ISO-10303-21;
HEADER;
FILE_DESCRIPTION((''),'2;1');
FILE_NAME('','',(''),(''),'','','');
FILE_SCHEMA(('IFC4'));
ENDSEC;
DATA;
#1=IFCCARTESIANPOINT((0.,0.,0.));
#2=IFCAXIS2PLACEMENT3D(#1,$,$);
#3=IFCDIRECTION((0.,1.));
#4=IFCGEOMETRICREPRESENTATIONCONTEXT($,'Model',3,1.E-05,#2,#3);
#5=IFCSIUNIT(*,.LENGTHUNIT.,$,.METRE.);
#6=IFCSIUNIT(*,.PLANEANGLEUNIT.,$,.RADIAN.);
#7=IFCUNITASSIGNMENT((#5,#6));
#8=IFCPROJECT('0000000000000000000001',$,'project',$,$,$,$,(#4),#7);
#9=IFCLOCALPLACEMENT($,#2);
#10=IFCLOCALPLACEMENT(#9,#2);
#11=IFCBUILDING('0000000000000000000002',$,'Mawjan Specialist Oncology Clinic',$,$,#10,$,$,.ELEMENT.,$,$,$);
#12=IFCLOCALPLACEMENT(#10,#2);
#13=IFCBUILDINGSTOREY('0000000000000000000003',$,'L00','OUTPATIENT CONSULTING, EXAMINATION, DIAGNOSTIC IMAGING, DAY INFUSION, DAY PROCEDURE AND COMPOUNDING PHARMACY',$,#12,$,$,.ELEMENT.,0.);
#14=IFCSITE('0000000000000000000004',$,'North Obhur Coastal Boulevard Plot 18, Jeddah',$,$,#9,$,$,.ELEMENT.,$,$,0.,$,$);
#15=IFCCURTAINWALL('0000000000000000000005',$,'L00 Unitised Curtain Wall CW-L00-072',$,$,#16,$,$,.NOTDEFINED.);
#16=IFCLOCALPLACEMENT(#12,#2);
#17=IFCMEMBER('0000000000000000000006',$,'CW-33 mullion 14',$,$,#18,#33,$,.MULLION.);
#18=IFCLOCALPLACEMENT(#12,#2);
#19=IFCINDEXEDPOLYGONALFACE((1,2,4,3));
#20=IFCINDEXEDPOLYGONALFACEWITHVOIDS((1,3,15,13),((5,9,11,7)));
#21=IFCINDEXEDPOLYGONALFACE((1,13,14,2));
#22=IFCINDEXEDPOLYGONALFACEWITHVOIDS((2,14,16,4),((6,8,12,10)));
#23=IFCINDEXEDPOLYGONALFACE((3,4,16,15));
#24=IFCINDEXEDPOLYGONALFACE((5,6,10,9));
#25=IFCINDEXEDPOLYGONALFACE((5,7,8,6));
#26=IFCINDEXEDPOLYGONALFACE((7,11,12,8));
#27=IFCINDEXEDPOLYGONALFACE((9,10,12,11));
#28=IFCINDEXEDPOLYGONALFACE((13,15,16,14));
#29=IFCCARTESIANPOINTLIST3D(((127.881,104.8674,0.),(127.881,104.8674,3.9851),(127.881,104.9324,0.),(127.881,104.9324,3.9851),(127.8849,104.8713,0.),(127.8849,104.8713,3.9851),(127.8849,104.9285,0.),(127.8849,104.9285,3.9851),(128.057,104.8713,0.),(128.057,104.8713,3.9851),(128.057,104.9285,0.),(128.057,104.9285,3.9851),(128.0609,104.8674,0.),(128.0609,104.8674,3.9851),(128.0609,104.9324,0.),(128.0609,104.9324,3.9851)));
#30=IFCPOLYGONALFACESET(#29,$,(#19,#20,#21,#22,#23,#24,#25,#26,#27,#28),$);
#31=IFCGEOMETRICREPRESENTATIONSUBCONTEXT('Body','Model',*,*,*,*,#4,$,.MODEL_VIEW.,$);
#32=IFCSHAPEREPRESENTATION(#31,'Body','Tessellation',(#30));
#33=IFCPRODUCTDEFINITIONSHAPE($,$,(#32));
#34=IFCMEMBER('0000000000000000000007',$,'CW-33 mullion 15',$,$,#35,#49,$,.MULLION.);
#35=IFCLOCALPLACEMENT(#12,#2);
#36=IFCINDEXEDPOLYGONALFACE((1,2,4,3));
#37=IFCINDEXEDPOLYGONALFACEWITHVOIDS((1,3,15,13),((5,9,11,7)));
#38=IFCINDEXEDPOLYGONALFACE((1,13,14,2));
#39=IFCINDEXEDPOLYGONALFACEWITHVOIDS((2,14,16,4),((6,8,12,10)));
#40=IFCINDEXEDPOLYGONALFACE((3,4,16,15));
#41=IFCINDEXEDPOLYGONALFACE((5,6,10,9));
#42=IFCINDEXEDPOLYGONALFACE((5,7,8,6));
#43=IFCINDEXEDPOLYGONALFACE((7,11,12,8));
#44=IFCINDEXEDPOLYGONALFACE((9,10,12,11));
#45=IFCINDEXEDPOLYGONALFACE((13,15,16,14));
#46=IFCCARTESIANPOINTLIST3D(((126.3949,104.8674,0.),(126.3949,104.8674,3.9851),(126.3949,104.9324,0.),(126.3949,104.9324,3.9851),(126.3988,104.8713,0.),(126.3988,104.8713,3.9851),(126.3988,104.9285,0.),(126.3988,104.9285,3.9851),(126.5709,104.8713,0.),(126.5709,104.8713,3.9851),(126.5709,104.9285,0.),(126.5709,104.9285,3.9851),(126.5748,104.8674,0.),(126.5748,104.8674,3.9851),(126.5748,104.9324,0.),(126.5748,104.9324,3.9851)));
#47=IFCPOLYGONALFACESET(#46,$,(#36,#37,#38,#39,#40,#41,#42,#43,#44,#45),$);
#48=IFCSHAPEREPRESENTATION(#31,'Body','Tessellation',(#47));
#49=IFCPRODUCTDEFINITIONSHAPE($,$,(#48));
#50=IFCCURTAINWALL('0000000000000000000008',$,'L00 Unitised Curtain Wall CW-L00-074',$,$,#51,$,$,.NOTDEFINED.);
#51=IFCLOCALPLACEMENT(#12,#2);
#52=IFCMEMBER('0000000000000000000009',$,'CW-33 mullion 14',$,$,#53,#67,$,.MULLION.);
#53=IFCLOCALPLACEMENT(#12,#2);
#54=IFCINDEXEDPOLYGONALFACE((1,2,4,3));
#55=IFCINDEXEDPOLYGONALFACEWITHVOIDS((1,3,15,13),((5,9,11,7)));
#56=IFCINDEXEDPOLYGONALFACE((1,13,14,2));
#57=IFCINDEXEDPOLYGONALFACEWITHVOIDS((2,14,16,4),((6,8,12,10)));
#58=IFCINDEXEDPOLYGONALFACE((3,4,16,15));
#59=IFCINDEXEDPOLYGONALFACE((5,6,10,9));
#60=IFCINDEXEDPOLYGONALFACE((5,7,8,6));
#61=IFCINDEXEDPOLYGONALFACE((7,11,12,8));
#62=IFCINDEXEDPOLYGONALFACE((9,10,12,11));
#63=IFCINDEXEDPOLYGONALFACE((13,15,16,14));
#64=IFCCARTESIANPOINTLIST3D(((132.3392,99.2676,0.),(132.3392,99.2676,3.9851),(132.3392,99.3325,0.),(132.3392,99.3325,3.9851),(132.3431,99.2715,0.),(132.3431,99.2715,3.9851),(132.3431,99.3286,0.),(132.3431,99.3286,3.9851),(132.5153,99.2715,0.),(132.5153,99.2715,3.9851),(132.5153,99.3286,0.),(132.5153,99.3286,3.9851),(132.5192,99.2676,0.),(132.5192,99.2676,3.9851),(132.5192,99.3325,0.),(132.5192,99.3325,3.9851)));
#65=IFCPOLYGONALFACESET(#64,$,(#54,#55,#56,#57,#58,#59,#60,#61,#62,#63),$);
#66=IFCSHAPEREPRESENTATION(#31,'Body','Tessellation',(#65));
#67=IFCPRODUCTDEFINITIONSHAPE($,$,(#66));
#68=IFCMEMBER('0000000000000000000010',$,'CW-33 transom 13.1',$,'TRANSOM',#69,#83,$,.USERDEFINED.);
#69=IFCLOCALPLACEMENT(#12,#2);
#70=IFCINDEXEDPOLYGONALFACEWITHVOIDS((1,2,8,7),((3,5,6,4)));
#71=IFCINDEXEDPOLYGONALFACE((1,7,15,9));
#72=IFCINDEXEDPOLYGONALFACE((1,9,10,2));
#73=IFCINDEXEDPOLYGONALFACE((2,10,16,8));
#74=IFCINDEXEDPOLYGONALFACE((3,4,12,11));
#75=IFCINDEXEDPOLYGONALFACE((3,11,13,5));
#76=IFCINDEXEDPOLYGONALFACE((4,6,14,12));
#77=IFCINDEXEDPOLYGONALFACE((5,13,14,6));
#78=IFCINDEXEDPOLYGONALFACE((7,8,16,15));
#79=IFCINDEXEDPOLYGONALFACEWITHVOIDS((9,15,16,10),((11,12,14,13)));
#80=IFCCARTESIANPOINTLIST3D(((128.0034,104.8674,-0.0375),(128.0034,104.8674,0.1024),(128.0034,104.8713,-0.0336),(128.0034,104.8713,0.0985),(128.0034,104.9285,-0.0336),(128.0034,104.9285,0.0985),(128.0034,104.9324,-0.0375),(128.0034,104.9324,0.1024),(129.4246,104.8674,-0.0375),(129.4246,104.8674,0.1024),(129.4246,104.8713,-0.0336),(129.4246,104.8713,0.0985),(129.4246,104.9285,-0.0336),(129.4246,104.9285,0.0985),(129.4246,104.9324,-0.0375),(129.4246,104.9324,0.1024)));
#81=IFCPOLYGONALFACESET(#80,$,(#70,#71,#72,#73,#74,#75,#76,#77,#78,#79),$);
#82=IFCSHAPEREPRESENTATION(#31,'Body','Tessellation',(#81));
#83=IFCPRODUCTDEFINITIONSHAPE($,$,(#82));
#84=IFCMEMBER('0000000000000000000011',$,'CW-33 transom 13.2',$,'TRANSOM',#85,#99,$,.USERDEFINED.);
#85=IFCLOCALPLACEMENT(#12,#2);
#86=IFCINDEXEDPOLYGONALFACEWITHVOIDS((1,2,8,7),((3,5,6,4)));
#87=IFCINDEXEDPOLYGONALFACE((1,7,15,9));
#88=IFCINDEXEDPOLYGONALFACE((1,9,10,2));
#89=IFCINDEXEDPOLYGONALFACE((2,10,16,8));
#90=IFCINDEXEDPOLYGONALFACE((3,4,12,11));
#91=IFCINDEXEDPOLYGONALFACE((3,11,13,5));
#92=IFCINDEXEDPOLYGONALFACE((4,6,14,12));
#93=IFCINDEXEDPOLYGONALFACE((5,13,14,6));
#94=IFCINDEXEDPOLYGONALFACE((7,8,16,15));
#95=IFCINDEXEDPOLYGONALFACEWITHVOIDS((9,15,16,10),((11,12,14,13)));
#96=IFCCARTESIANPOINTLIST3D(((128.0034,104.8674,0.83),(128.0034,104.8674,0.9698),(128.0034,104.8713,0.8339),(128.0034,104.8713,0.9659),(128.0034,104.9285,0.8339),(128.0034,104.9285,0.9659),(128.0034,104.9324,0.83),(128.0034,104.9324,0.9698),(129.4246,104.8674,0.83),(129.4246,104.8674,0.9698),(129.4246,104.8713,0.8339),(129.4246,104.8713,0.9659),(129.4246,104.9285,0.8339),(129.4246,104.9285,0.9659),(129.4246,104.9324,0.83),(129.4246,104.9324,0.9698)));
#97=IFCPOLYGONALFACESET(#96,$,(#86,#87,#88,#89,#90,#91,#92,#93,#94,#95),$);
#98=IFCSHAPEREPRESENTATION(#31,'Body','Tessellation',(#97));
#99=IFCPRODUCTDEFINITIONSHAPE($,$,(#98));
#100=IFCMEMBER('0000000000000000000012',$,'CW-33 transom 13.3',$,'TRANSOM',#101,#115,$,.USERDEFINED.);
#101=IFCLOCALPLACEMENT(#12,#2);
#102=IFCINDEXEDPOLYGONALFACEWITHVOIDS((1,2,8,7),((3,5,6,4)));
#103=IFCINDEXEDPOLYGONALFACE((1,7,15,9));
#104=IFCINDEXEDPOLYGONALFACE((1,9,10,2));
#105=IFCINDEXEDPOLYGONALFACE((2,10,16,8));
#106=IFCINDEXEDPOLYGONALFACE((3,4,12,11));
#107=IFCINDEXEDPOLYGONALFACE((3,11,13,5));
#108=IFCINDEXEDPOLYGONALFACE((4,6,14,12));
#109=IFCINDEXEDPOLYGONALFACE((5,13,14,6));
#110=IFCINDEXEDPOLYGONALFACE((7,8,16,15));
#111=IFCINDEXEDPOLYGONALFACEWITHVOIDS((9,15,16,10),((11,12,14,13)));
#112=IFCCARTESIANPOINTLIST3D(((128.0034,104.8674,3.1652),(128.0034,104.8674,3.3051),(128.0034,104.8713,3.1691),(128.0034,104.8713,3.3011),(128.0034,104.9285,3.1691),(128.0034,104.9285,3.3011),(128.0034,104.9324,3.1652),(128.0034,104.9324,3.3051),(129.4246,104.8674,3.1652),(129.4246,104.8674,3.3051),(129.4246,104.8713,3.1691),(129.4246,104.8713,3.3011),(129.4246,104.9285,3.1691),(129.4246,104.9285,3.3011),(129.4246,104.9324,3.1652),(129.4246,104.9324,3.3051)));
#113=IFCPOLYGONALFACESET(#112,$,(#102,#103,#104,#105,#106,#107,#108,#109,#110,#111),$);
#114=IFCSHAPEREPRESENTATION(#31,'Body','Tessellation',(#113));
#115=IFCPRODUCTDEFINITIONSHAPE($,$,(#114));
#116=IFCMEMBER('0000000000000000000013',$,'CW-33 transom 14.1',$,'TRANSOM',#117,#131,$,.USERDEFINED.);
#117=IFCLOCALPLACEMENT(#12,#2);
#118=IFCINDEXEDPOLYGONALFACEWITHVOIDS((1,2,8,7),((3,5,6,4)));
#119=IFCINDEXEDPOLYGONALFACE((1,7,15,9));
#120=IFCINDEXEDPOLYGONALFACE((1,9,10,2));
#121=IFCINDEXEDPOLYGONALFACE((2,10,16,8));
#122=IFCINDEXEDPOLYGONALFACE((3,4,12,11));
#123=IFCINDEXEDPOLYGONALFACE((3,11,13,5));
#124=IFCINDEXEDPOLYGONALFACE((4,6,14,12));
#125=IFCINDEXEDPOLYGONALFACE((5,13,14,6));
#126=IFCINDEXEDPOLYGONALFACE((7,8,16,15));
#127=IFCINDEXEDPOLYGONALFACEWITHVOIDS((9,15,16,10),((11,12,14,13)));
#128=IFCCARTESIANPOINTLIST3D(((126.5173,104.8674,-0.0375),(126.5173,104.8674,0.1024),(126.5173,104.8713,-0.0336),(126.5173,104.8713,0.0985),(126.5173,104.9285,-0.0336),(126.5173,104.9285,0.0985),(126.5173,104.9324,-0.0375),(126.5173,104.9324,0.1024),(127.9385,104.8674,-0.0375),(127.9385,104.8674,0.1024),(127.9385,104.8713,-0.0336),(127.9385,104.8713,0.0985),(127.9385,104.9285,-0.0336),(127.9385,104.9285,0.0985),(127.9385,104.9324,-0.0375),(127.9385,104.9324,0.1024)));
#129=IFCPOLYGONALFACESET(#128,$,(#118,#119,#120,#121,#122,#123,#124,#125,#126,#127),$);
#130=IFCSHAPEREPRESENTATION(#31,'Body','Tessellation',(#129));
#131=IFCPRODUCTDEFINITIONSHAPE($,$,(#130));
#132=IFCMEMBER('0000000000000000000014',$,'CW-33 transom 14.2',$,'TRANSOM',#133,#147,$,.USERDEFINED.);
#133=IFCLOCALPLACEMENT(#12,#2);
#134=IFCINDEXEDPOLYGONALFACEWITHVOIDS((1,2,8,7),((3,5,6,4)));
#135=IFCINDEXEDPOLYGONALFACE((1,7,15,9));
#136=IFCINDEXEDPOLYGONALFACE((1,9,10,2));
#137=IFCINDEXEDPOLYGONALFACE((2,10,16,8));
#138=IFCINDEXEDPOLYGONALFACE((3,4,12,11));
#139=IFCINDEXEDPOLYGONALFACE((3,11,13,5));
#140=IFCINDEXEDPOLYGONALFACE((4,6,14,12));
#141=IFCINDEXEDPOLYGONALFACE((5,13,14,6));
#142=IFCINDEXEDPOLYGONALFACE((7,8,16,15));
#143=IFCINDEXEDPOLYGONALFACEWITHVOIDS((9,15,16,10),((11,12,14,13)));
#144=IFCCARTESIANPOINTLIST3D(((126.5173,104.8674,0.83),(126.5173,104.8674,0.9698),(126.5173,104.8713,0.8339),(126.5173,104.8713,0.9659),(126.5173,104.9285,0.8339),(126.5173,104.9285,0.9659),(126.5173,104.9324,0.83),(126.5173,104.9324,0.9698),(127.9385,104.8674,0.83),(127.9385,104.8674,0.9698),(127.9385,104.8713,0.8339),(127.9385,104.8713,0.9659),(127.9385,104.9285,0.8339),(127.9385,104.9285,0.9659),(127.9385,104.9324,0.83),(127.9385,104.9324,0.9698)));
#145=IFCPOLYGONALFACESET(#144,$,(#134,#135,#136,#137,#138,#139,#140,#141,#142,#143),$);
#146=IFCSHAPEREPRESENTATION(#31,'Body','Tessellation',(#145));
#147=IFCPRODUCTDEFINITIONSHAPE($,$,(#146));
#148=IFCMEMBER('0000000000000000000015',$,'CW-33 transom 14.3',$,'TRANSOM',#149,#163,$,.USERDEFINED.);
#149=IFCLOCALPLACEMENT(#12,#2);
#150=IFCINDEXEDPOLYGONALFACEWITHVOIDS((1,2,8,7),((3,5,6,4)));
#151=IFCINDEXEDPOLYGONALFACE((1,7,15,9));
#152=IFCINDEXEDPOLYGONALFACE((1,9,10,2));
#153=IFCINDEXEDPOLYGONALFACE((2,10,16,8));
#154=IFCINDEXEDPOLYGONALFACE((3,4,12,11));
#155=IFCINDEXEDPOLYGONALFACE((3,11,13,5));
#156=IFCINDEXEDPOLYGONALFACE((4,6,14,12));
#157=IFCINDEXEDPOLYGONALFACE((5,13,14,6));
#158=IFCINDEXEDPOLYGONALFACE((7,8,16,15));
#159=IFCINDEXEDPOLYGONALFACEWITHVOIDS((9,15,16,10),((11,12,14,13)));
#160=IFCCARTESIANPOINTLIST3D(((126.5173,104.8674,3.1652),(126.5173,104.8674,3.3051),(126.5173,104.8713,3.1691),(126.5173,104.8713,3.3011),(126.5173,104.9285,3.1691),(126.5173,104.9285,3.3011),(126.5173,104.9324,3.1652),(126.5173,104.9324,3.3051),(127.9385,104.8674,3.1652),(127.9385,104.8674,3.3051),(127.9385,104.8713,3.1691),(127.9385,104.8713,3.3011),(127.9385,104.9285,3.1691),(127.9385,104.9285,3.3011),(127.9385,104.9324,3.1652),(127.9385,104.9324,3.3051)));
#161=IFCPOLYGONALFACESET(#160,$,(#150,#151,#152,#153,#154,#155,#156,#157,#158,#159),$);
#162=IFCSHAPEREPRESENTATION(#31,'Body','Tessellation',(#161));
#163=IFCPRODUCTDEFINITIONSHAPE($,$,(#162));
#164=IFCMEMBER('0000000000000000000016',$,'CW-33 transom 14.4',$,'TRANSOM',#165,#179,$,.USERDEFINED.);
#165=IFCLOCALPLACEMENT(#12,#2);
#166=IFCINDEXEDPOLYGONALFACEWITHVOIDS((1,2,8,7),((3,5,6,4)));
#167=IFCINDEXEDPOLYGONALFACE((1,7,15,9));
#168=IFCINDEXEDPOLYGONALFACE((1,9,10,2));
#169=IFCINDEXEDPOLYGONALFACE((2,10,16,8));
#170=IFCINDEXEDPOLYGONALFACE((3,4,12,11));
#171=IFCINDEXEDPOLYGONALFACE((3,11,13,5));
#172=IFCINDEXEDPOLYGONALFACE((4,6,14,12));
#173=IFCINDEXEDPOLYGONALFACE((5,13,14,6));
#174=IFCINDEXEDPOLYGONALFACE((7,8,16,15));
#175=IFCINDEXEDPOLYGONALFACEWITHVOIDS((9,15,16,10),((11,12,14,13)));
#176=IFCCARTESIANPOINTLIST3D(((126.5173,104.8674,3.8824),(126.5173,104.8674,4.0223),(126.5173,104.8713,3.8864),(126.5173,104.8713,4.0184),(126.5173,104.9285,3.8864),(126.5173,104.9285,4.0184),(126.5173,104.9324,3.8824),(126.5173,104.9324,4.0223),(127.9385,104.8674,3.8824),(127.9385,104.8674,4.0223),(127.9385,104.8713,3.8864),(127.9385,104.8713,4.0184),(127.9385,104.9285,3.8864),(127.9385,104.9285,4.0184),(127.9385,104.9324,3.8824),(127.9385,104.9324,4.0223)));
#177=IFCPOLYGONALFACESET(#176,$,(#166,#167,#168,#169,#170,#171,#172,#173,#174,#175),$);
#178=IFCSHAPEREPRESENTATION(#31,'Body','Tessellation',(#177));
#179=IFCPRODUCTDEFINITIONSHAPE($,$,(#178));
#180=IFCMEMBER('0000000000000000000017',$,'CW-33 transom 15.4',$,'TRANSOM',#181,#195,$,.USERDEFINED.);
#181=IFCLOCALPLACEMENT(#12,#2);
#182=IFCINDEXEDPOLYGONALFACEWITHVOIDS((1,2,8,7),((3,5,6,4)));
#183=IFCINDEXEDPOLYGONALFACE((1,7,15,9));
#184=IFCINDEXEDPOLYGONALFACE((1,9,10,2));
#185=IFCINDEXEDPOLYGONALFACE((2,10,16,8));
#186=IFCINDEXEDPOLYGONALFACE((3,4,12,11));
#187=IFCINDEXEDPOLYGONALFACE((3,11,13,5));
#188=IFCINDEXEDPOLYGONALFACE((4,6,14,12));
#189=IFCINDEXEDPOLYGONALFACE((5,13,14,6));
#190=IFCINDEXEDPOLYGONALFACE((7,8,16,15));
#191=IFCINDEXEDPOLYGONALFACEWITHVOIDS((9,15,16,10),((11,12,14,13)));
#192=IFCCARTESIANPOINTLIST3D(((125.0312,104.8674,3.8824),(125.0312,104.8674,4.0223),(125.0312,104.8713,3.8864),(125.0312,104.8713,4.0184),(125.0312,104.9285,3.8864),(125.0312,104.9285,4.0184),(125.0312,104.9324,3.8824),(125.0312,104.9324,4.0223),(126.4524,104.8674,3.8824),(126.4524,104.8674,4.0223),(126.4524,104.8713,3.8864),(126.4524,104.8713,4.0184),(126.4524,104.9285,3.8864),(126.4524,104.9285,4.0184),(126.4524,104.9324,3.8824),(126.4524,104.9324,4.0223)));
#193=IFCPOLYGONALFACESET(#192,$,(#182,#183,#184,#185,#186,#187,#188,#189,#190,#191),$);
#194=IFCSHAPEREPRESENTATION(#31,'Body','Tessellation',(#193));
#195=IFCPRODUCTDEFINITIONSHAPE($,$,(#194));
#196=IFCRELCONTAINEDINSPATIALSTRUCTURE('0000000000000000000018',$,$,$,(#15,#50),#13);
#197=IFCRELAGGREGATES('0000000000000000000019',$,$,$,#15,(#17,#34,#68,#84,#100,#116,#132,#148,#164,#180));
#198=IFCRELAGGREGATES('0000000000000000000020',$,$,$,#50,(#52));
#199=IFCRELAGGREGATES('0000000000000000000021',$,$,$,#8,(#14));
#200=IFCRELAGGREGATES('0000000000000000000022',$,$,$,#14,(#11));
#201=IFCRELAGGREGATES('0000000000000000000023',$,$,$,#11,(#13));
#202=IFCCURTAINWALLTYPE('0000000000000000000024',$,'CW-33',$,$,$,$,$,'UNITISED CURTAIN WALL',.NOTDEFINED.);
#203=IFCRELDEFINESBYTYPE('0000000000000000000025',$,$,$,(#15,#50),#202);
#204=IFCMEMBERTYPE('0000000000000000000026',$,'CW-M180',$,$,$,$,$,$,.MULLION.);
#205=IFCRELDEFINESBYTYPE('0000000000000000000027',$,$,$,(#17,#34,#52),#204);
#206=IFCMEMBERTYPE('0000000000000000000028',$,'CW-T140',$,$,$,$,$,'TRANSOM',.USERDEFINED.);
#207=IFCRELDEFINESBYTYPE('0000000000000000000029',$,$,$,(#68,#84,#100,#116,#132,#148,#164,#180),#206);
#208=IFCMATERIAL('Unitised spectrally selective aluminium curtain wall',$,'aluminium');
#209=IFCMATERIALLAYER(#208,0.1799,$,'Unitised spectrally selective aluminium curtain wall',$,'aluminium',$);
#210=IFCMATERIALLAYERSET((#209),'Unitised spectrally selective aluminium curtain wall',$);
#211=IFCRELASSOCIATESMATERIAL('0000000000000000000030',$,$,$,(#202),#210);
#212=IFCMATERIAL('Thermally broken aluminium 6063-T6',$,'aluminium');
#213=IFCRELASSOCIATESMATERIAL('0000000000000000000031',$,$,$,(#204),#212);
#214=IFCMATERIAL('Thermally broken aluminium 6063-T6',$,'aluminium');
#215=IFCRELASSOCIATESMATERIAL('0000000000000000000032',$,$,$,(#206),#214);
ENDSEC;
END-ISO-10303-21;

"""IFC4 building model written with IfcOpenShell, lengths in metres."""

from ifc_helpers import new_model, si_unit, direction, frame, origin, origin_2d, place, context, subcontext, project, spatial, hollow_rectangle, extrude, material, layer, layer_set, material_profile, profile_set, type_object, element, aggregate, save


model = new_model("IFC4")

# Units and contexts
model_context = context("Model", 3, precision=1e-05, world=origin(), true_north=direction((0.0, 1.0)))
body_context = subcontext(model_context, "Body", "Model", "MODEL_VIEW")
ifc_project = project(units=[si_unit("LENGTHUNIT", "METRE"), si_unit("PLANEANGLEUNIT", "RADIAN")], contexts=[model_context])

# Site, building, storey
site_placement = place(None, origin())
site = spatial("IfcSite", under=ifc_project, at=site_placement, Name="North Obhur Coastal Boulevard Plot 18, Jeddah", CompositionType="ELEMENT", RefElevation=0.0)
building_placement = place(site_placement, origin())
building = spatial("IfcBuilding", under=site, at=building_placement, Name="Mawjan Specialist Oncology Clinic", CompositionType="ELEMENT")
storey_placement = place(building_placement, origin())
storey = spatial("IfcBuildingStorey", under=building, at=storey_placement, Name="L00", Description="OUTPATIENT CONSULTING, EXAMINATION, DIAGNOSTIC IMAGING, DAY INFUSION, DAY PROCEDURE AND COMPOUNDING PHARMACY", CompositionType="ELEMENT", Elevation=0.0)

# Curtain wall, members
ifc_material_1 = material(Name="Unitised spectrally selective aluminium curtain wall", Category="aluminium")
ifc_layer_1 = layer(ifc_material_1, 0.1799, Name="Unitised spectrally selective aluminium curtain wall", Category="aluminium")
ifc_layer_set_1 = layer_set([ifc_layer_1], Name="Unitised spectrally selective aluminium curtain wall")
curtain_wall_type = type_object("IfcCurtainWallType", Name="CW-33", ElementType="UNITISED CURTAIN WALL", PredefinedType="NOTDEFINED", material=ifc_layer_set_1)
curtain_wall_1_placement = place(storey_placement, origin())
curtain_wall_1 = element("IfcCurtainWall", 1, at=curtain_wall_1_placement, inside=storey, type_object=curtain_wall_type, Name="L00 Unitised Curtain Wall CW-L00-072", PredefinedType="NOTDEFINED")
ifc_material_2 = material(Name="Thermally broken aluminium 6063-T6", Category="aluminium")
ifc_material_profile_1 = material_profile(ifc_material_2, hollow_rectangle(XDim=0.0649, YDim=0.1799, WallThickness=0.0039, at=origin_2d()), Name="ALU MULLION 180x65x4", Category="aluminium")
ifc_profile_set_1 = profile_set([ifc_material_profile_1], Name="Thermally broken aluminium 6063-T6")
member_type_1 = type_object("IfcMemberType", Name="CW-M180", PredefinedType="MULLION", material=ifc_profile_set_1)
member_1_placement = place(storey_placement, frame((127.9709, 104.8999, 0.0), z_axis=(0.0, 0.0, 1.0), x_axis=(0.0, -1.0, 0.0)))
member_1 = element("IfcMember", 2, at=member_1_placement, type_object=member_type_1, Name="CW-33 mullion 14", PredefinedType="MULLION", context=body_context, shape_type="SweptSolid", body=[
    extrude(hollow_rectangle(XDim=0.0649, YDim=0.1799, WallThickness=0.0039, at=origin_2d()), origin(), (0.0, 0.0, 1.0), 3.9851),
])
member_2_placement = place(storey_placement, frame((126.4849, 104.8999, 0.0), z_axis=(0.0, 0.0, 1.0), x_axis=(0.0, -1.0, 0.0)))
member_2 = element("IfcMember", 3, at=member_2_placement, type_object=member_type_1, Name="CW-33 mullion 15", PredefinedType="MULLION", context=body_context, shape_type="SweptSolid", body=[
    extrude(hollow_rectangle(XDim=0.0649, YDim=0.1799, WallThickness=0.0039, at=origin_2d()), origin(), (0.0, 0.0, 1.0), 3.9851),
])

# Curtain wall, member
curtain_wall_2_placement = place(storey_placement, origin())
curtain_wall_2 = element("IfcCurtainWall", 4, at=curtain_wall_2_placement, inside=storey, type_object=curtain_wall_type, Name="L00 Unitised Curtain Wall CW-L00-074", PredefinedType="NOTDEFINED")
member_3_placement = place(storey_placement, frame((132.4292, 99.3, 0.0), z_axis=(0.0, 0.0, 1.0), x_axis=(0.0, 1.0, 0.0)))
member_3 = element("IfcMember", 5, at=member_3_placement, type_object=member_type_1, Name="CW-33 mullion 14", PredefinedType="MULLION", context=body_context, shape_type="SweptSolid", body=[
    extrude(hollow_rectangle(XDim=0.0649, YDim=0.1799, WallThickness=0.0039, at=origin_2d()), origin(), (0.0, 0.0, 1.0), 3.9851),
])

# Members
ifc_material_3 = material(Name="Thermally broken aluminium 6063-T6", Category="aluminium")
ifc_material_profile_2 = material_profile(ifc_material_3, hollow_rectangle(XDim=0.0649, YDim=0.1399, WallThickness=0.0039, at=origin_2d()), Name="ALU TRANSOM 140x65x4", Category="aluminium")
ifc_profile_set_2 = profile_set([ifc_material_profile_2], Name="Thermally broken aluminium 6063-T6")
member_type_2 = type_object("IfcMemberType", Name="CW-T140", ElementType="TRANSOM", PredefinedType="USERDEFINED", material=ifc_profile_set_2)
member_4_placement = place(storey_placement, frame((129.4246, 104.8999, 0.0325), z_axis=(-1.0, 0.0, 0.0), x_axis=(0.0, -1.0, 0.0)))
member_4 = element("IfcMember", 6, at=member_4_placement, type_object=member_type_2, Name="CW-33 transom 13.1", ObjectType="TRANSOM", PredefinedType="USERDEFINED", context=body_context, shape_type="SweptSolid", body=[
    extrude(hollow_rectangle(XDim=0.0649, YDim=0.1399, WallThickness=0.0039, at=origin_2d()), origin(), (0.0, 0.0, 1.0), 1.4211),
])
member_5_placement = place(storey_placement, frame((129.4246, 104.8999, 0.8999), z_axis=(-1.0, 0.0, 0.0), x_axis=(0.0, -1.0, 0.0)))
member_5 = element("IfcMember", 7, at=member_5_placement, type_object=member_type_2, Name="CW-33 transom 13.2", ObjectType="TRANSOM", PredefinedType="USERDEFINED", context=body_context, shape_type="SweptSolid", body=[
    extrude(hollow_rectangle(XDim=0.0649, YDim=0.1399, WallThickness=0.0039, at=origin_2d()), origin(), (0.0, 0.0, 1.0), 1.4211),
])
member_6_placement = place(storey_placement, frame((129.4246, 104.8999, 3.2351), z_axis=(-1.0, 0.0, 0.0), x_axis=(0.0, -1.0, 0.0)))
member_6 = element("IfcMember", 8, at=member_6_placement, type_object=member_type_2, Name="CW-33 transom 13.3", ObjectType="TRANSOM", PredefinedType="USERDEFINED", context=body_context, shape_type="SweptSolid", body=[
    extrude(hollow_rectangle(XDim=0.0649, YDim=0.1399, WallThickness=0.0039, at=origin_2d()), origin(), (0.0, 0.0, 1.0), 1.4211),
])
member_7_placement = place(storey_placement, frame((127.9385, 104.8999, 0.0325), z_axis=(-1.0, 0.0, 0.0), x_axis=(0.0, -1.0, 0.0)))
member_7 = element("IfcMember", 9, at=member_7_placement, type_object=member_type_2, Name="CW-33 transom 14.1", ObjectType="TRANSOM", PredefinedType="USERDEFINED", context=body_context, shape_type="SweptSolid", body=[
    extrude(hollow_rectangle(XDim=0.0649, YDim=0.1399, WallThickness=0.0039, at=origin_2d()), origin(), (0.0, 0.0, 1.0), 1.4211),
])
member_8_placement = place(storey_placement, frame((127.9385, 104.8999, 0.8999), z_axis=(-1.0, 0.0, 0.0), x_axis=(0.0, -1.0, 0.0)))
member_8 = element("IfcMember", 10, at=member_8_placement, type_object=member_type_2, Name="CW-33 transom 14.2", ObjectType="TRANSOM", PredefinedType="USERDEFINED", context=body_context, shape_type="SweptSolid", body=[
    extrude(hollow_rectangle(XDim=0.0649, YDim=0.1399, WallThickness=0.0039, at=origin_2d()), origin(), (0.0, 0.0, 1.0), 1.4211),
])
member_9_placement = place(storey_placement, frame((127.9385, 104.8999, 3.2351), z_axis=(-1.0, 0.0, 0.0), x_axis=(0.0, -1.0, 0.0)))
member_9 = element("IfcMember", 11, at=member_9_placement, type_object=member_type_2, Name="CW-33 transom 14.3", ObjectType="TRANSOM", PredefinedType="USERDEFINED", context=body_context, shape_type="SweptSolid", body=[
    extrude(hollow_rectangle(XDim=0.0649, YDim=0.1399, WallThickness=0.0039, at=origin_2d()), origin(), (0.0, 0.0, 1.0), 1.4211),
])
member_10_placement = place(storey_placement, frame((127.9385, 104.8999, 3.9524), z_axis=(-1.0, 0.0, 0.0), x_axis=(0.0, -1.0, 0.0)))
member_10 = element("IfcMember", 12, at=member_10_placement, type_object=member_type_2, Name="CW-33 transom 14.4", ObjectType="TRANSOM", PredefinedType="USERDEFINED", context=body_context, shape_type="SweptSolid", body=[
    extrude(hollow_rectangle(XDim=0.0649, YDim=0.1399, WallThickness=0.0039, at=origin_2d()), origin(), (0.0, 0.0, 1.0), 1.4211),
])
member_11_placement = place(storey_placement, frame((126.4524, 104.8999, 3.9524), z_axis=(-1.0, 0.0, 0.0), x_axis=(0.0, -1.0, 0.0)))
member_11 = element("IfcMember", 13, at=member_11_placement, type_object=member_type_2, Name="CW-33 transom 15.4", ObjectType="TRANSOM", PredefinedType="USERDEFINED", context=body_context, shape_type="SweptSolid", body=[
    extrude(hollow_rectangle(XDim=0.0649, YDim=0.1399, WallThickness=0.0039, at=origin_2d()), origin(), (0.0, 0.0, 1.0), 1.4211),
])

aggregate(curtain_wall_1, [member_1, member_2, member_4, member_5, member_6, member_7, member_8, member_9, member_10, member_11])
aggregate(curtain_wall_2, [member_3])

save(model, "model.ifc")
